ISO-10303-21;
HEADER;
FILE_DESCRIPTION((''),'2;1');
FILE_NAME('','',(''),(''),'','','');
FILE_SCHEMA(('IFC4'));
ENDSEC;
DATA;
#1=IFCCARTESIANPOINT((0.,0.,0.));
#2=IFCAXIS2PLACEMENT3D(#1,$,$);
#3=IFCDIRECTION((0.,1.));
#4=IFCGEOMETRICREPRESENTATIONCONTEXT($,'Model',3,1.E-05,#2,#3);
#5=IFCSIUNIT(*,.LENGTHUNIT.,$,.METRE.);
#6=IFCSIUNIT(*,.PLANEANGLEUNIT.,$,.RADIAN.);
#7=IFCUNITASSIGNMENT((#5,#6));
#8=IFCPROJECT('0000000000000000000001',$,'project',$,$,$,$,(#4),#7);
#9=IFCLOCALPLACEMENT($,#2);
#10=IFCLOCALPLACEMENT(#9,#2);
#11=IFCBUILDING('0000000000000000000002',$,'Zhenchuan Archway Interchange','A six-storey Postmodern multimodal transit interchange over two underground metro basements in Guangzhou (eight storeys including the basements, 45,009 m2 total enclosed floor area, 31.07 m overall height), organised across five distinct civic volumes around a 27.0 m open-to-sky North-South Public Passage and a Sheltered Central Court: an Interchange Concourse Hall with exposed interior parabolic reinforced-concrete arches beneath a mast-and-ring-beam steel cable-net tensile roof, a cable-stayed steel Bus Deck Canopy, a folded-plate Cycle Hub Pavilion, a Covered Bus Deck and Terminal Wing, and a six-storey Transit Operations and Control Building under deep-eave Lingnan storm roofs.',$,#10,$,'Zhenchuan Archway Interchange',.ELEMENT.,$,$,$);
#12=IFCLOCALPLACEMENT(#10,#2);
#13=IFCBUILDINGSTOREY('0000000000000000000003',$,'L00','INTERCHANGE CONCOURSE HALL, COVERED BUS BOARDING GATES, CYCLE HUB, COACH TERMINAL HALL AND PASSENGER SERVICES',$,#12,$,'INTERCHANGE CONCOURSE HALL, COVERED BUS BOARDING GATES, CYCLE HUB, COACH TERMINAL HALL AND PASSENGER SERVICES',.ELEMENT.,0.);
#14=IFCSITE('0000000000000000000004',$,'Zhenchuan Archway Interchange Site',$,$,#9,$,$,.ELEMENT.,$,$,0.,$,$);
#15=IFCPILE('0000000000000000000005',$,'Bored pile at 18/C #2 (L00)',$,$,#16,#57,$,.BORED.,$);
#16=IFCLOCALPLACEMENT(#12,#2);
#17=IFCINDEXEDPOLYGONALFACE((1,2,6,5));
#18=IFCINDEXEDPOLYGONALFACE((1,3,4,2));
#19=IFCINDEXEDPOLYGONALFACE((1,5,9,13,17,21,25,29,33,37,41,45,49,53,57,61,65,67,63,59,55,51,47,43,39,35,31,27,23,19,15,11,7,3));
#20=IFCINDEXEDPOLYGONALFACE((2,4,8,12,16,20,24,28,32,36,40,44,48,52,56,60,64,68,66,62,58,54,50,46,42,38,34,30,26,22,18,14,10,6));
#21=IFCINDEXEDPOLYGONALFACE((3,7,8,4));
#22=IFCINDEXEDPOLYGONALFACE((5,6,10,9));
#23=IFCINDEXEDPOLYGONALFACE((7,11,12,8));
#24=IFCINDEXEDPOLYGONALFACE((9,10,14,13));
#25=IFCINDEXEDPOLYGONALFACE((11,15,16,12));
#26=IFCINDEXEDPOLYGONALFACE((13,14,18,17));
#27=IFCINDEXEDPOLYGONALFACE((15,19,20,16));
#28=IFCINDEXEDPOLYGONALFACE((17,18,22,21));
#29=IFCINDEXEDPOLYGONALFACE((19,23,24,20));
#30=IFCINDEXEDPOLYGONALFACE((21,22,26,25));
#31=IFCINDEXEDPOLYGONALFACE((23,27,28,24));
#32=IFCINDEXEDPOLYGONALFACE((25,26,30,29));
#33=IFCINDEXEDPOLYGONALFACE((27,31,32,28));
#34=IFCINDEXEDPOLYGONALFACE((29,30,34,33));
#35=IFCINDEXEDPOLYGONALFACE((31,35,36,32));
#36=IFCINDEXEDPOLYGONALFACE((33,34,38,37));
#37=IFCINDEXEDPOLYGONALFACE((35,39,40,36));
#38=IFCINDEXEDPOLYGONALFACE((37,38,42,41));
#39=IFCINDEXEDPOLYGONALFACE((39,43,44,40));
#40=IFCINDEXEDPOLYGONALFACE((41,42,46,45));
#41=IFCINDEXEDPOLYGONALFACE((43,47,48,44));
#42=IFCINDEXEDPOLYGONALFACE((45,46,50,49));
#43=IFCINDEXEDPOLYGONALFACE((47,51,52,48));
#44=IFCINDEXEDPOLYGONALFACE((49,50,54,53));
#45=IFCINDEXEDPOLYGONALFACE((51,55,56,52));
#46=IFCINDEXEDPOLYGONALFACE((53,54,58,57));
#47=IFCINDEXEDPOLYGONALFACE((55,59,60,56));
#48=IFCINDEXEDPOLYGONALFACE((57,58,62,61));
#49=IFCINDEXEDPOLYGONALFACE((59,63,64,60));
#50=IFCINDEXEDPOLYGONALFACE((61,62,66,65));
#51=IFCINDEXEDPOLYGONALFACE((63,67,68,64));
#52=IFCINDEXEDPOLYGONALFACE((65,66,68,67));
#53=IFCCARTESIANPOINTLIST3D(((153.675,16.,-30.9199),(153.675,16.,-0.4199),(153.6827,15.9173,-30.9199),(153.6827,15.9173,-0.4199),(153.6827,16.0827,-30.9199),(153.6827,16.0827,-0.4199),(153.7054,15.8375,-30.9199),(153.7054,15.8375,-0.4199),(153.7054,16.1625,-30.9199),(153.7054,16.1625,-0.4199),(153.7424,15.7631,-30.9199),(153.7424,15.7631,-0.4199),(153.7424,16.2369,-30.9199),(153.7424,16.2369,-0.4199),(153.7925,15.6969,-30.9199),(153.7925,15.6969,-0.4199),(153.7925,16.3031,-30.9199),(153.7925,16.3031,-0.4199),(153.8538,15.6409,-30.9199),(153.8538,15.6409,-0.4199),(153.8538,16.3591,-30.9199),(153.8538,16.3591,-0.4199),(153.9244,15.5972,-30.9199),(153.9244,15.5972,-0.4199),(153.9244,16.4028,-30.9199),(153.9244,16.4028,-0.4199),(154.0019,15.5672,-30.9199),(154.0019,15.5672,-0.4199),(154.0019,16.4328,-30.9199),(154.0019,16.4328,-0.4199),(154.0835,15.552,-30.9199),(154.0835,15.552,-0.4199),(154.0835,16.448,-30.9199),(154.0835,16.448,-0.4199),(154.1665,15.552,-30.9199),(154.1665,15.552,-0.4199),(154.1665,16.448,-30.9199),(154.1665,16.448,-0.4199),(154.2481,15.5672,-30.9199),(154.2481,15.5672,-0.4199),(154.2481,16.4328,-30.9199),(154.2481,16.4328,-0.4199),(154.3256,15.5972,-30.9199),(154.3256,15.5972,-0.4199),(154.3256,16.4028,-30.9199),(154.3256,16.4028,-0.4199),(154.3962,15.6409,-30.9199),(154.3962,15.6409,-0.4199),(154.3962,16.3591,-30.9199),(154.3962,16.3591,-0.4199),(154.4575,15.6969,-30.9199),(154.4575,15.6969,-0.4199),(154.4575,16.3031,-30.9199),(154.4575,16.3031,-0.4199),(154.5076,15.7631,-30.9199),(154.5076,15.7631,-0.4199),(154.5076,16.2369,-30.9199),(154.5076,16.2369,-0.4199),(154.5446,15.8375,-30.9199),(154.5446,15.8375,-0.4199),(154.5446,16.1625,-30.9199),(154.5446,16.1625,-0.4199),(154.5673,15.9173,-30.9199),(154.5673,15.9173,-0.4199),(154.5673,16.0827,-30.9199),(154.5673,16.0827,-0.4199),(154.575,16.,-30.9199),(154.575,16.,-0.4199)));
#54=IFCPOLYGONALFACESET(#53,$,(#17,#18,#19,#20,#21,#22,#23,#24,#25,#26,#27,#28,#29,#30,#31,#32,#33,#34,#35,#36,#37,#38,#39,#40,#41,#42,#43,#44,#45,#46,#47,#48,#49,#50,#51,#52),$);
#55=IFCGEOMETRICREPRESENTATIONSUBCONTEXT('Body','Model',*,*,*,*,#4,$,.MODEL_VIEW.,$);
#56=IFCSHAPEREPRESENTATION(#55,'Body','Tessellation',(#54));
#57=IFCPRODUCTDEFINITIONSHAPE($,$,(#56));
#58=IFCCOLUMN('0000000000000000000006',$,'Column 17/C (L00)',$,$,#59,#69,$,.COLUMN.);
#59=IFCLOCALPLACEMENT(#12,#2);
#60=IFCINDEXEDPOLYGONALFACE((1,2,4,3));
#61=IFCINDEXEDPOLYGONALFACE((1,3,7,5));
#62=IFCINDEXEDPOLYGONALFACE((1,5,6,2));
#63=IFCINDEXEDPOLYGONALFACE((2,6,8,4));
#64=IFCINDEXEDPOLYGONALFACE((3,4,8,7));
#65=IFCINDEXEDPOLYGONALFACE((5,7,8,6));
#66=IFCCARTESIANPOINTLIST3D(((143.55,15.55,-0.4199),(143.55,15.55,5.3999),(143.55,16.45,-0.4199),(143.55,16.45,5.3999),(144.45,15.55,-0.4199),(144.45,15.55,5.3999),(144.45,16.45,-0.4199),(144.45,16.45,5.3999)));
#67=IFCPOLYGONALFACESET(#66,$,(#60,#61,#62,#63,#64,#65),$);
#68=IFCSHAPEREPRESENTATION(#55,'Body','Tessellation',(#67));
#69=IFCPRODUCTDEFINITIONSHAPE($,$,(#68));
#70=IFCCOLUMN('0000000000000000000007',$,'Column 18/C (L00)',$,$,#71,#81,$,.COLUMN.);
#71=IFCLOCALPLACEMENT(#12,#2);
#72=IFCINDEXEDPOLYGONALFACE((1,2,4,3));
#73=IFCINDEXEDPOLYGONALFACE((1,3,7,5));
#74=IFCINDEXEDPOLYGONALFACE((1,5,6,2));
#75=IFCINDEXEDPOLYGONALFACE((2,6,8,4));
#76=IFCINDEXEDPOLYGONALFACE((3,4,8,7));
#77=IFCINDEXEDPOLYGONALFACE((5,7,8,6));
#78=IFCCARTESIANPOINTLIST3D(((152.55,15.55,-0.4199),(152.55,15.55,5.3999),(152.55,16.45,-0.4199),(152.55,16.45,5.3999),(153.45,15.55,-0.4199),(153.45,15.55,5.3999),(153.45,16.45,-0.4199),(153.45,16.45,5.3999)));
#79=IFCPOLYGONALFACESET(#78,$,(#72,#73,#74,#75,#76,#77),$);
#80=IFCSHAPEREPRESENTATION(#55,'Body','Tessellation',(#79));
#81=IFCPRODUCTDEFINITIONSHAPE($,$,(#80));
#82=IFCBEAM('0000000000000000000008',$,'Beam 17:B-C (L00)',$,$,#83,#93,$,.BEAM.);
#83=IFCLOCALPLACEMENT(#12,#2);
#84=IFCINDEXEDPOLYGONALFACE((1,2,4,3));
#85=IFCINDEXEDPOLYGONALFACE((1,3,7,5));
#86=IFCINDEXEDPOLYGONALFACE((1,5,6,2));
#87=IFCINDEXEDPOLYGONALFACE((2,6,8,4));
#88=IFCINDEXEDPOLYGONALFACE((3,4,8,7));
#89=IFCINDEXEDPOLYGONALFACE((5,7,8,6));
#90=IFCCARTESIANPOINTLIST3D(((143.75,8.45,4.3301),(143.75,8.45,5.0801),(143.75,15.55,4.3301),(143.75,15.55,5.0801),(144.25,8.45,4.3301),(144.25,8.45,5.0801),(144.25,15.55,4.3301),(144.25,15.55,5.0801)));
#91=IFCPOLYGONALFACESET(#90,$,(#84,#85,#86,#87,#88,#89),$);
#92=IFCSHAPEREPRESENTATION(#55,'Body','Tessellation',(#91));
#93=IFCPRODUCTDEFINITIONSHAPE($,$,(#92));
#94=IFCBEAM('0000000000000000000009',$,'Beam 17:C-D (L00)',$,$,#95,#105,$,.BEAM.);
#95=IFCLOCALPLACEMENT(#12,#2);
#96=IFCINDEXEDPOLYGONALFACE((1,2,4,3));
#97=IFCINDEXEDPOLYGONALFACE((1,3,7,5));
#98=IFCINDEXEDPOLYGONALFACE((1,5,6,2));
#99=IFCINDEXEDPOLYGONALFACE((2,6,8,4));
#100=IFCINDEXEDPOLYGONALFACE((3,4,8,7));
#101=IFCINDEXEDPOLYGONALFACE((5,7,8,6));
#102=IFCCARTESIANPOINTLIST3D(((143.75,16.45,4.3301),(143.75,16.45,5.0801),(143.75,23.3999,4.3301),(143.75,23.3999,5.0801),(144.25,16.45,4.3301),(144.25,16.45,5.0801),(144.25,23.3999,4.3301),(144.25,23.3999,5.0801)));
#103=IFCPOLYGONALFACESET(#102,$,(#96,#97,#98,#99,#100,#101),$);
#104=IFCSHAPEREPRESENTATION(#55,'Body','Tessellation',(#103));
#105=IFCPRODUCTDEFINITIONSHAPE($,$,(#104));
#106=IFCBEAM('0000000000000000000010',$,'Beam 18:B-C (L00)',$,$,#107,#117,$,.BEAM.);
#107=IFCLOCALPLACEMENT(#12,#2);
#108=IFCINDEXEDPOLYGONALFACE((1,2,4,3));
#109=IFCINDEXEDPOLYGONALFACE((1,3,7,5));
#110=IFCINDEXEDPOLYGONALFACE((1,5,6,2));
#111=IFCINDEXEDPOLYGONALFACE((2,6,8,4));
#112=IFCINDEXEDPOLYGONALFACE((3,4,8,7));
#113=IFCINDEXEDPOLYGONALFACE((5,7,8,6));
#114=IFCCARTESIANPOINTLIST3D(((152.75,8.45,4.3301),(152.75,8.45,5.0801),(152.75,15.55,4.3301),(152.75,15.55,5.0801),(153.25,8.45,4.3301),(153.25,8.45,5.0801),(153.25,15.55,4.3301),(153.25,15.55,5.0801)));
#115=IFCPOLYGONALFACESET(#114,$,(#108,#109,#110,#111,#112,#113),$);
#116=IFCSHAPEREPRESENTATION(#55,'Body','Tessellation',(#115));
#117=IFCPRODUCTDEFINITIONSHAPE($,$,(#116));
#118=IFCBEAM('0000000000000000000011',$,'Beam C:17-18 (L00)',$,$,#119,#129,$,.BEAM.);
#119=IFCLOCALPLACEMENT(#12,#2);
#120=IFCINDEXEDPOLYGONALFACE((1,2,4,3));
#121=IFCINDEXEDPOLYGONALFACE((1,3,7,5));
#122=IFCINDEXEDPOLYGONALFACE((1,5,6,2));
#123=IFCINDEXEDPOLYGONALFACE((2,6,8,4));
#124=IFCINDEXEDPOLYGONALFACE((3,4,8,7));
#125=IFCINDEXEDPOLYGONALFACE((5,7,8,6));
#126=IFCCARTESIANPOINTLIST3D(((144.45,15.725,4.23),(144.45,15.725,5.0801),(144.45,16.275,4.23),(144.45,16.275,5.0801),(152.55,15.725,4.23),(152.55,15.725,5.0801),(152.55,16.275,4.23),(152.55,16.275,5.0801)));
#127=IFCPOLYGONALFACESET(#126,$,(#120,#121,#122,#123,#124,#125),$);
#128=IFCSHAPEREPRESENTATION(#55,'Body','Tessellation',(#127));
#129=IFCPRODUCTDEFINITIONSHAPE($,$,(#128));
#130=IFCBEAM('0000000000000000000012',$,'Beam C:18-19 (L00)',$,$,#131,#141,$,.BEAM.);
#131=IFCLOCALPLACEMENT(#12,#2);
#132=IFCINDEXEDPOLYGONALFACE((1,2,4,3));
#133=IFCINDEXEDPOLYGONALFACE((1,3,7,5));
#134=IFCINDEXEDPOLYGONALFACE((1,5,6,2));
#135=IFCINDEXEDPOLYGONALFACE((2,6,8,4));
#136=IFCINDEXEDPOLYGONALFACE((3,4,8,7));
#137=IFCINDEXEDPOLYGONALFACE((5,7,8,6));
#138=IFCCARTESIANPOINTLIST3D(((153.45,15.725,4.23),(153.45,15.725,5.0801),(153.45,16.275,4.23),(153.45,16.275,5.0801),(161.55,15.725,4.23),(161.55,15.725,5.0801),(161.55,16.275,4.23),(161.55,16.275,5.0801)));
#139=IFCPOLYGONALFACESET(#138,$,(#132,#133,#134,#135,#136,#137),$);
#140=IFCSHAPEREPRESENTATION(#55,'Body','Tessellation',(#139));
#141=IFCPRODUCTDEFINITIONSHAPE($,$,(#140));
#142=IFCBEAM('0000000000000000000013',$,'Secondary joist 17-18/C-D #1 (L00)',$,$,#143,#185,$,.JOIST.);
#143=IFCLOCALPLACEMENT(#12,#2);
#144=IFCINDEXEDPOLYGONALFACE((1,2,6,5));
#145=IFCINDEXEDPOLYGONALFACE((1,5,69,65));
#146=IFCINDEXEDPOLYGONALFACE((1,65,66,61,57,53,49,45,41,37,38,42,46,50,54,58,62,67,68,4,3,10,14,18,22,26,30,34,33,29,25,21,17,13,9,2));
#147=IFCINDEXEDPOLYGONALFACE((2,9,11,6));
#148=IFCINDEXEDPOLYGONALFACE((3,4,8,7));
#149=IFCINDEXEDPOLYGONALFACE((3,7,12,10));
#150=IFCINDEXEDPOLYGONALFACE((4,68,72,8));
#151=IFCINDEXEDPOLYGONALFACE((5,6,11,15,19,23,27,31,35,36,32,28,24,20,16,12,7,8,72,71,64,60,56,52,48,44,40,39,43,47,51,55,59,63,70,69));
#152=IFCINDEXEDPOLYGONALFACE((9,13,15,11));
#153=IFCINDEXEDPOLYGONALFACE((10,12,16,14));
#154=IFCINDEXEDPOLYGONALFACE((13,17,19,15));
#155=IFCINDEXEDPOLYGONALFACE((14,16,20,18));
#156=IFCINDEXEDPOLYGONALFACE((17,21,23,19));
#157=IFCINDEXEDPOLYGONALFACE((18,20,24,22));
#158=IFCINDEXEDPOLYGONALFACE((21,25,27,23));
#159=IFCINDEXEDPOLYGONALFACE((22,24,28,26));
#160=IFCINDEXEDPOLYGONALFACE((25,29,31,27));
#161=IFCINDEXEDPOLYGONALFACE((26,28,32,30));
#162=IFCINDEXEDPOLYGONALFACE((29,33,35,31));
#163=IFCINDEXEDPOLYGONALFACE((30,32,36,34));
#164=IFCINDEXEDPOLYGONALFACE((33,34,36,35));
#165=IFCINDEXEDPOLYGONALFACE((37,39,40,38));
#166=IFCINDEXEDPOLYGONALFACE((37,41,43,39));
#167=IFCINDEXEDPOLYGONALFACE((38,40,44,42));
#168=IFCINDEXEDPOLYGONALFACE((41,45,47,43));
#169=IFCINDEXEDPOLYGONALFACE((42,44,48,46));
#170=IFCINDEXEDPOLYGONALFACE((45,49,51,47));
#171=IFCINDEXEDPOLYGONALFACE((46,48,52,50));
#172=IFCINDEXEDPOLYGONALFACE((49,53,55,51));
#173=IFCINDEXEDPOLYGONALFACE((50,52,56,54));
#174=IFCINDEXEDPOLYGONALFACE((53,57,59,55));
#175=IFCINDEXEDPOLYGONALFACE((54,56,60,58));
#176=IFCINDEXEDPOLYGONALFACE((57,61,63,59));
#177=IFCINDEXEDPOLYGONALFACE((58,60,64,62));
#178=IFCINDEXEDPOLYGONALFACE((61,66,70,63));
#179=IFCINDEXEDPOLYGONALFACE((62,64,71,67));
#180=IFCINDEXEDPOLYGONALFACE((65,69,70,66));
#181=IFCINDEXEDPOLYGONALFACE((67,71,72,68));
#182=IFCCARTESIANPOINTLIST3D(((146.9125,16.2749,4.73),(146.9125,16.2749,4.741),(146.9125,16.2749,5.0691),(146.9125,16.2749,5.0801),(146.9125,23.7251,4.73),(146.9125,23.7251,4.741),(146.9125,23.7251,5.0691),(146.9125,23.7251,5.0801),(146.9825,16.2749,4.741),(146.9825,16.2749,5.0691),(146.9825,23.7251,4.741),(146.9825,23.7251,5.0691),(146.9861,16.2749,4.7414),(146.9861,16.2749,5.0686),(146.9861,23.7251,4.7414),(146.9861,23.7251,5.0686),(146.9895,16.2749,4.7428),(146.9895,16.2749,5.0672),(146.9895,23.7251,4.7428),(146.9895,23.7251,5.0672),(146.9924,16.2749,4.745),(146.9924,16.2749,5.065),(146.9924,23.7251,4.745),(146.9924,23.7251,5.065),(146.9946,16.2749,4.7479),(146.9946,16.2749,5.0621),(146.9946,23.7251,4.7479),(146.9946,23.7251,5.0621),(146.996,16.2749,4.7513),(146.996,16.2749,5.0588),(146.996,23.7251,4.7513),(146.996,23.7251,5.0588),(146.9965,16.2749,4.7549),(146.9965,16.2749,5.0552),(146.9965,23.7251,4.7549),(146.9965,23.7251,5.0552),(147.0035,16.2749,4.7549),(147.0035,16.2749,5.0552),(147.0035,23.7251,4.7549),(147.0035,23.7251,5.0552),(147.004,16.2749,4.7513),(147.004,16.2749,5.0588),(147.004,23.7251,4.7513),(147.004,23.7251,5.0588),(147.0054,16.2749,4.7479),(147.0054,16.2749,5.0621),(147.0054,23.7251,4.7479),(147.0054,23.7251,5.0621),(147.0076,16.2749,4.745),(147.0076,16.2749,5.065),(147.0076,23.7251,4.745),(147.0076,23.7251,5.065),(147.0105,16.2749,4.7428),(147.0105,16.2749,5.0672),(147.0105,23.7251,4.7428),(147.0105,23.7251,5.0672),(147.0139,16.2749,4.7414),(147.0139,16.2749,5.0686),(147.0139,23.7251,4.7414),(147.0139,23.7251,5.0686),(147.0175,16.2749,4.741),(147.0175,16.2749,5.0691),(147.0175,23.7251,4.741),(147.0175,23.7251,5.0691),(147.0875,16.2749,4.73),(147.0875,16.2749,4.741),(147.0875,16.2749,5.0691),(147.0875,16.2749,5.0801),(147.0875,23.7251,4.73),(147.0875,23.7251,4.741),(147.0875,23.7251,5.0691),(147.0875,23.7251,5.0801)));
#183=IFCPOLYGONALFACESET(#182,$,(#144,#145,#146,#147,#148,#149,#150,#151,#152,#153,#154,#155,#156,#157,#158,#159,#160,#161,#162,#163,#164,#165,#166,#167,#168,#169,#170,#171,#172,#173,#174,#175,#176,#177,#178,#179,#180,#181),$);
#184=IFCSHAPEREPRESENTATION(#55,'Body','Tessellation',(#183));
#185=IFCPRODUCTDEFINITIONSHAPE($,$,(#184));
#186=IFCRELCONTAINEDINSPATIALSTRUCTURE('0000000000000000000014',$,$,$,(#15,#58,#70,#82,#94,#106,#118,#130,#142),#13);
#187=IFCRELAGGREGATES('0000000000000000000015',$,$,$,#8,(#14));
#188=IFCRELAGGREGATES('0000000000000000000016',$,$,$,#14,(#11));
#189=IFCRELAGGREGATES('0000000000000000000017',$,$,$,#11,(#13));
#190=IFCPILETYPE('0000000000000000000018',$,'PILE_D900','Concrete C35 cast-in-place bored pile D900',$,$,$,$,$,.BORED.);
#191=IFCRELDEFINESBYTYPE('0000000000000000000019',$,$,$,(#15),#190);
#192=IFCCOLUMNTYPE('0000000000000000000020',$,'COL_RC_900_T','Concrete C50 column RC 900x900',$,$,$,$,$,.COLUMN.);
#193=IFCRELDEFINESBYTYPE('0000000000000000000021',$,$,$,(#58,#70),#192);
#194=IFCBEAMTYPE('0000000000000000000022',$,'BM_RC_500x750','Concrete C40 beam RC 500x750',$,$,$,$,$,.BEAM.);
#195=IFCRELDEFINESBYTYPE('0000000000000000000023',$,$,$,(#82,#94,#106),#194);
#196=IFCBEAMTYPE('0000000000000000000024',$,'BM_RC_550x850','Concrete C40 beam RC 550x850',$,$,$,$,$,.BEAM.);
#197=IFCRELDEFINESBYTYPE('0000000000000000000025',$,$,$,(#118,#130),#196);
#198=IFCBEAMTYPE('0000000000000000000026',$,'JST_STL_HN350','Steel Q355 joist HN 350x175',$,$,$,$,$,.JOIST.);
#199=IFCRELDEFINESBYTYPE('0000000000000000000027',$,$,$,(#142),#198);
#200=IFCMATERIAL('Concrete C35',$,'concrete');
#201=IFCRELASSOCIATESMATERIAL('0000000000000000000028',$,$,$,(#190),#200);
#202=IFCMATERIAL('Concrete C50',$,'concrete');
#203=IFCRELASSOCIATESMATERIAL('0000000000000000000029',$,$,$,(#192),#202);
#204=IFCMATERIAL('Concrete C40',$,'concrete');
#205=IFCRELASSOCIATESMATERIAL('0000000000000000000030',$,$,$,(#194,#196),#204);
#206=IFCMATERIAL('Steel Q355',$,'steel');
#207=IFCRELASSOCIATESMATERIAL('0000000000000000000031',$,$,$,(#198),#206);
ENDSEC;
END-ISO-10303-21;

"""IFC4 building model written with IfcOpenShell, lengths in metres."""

from ifc_helpers import new_model, si_unit, direction, frame, origin, origin_2d, place, context, subcontext, project, spatial, rectangle, circle, i_section, extrude, material, material_profile, profile_set, type_object, element, save


model = new_model("IFC4")

# Units and contexts
model_context = context("Model", 3, precision=1e-05, world=origin(), true_north=direction((0.0, 1.0)))
body_context = subcontext(model_context, "Body", "Model", "MODEL_VIEW")
ifc_project = project(units=[si_unit("LENGTHUNIT", "METRE"), si_unit("PLANEANGLEUNIT", "RADIAN")], contexts=[model_context])

# Site, building, storey
site_placement = place(None, origin())
site = spatial("IfcSite", under=ifc_project, at=site_placement, Name="Zhenchuan Archway Interchange Site", CompositionType="ELEMENT", RefElevation=0.0)
building_placement = place(site_placement, origin())
building = spatial("IfcBuilding", under=site, at=building_placement, Name="Zhenchuan Archway Interchange", Description="A six-storey Postmodern multimodal transit interchange over two underground metro basements in Guangzhou (eight storeys including the basements, 45,009 m2 total enclosed floor area, 31.07 m overall height), organised across five distinct civic volumes around a 27.0 m open-to-sky North-South Public Passage and a Sheltered Central Court: an Interchange Concourse Hall with exposed interior parabolic reinforced-concrete arches beneath a mast-and-ring-beam steel cable-net tensile roof, a cable-stayed steel Bus Deck Canopy, a folded-plate Cycle Hub Pavilion, a Covered Bus Deck and Terminal Wing, and a six-storey Transit Operations and Control Building under deep-eave Lingnan storm roofs.", LongName="Zhenchuan Archway Interchange", CompositionType="ELEMENT")
storey_placement = place(building_placement, origin())
storey = spatial("IfcBuildingStorey", under=building, at=storey_placement, Name="L00", Description="INTERCHANGE CONCOURSE HALL, COVERED BUS BOARDING GATES, CYCLE HUB, COACH TERMINAL HALL AND PASSENGER SERVICES", LongName="INTERCHANGE CONCOURSE HALL, COVERED BUS BOARDING GATES, CYCLE HUB, COACH TERMINAL HALL AND PASSENGER SERVICES", CompositionType="ELEMENT", Elevation=0.0)

# Shared definitions
ifc_material_1 = material(Name="Concrete C40", Category="concrete")

# Pile
ifc_material_2 = material(Name="Concrete C35", Category="concrete")
ifc_material_profile_1 = material_profile(ifc_material_2, circle(Radius=0.45, at=origin_2d()), Name="BORED PILE 900")
ifc_profile_set_1 = profile_set([ifc_material_profile_1], Name="Concrete C35")
pile_type = type_object("IfcPileType", Name="PILE_D900", Description="Concrete C35 cast-in-place bored pile D900", PredefinedType="BORED", material=ifc_profile_set_1)
for number, where, z_axis, x_axis, name in (
    (1, (154.125, 16.0, -0.4199), (0.0, 0.0, -1.0), (1.0, 0.0, 0.0), "Bored pile at 18/C #2 (L00)"),
):
    element("IfcPile", number, at=place(storey_placement, frame(where, z_axis=z_axis, x_axis=x_axis)), inside=storey, type_object=pile_type, Name=name, PredefinedType="BORED", context=body_context, shape_type="SweptSolid", body=[
        extrude(circle(Radius=0.45, at=origin_2d()), origin(), (0.0, 0.0, 1.0), 30.5),
    ])

# Columns
ifc_material_3 = material(Name="Concrete C50", Category="concrete")
ifc_material_profile_2 = material_profile(ifc_material_3, rectangle(XDim=0.8999, YDim=0.8999, at=origin_2d()), Name="RC 900x900")
ifc_profile_set_2 = profile_set([ifc_material_profile_2], Name="Concrete C50")
column_type = type_object("IfcColumnType", Name="COL_RC_900_T", Description="Concrete C50 column RC 900x900", PredefinedType="COLUMN", material=ifc_profile_set_2)
for number, where, z_axis, x_axis, name in (
    (2, (144.0, 16.0, -0.4199), (0.0, 0.0, 1.0), (1.0, 0.0, 0.0), "Column 17/C (L00)"),
    (3, (153.0, 16.0, -0.4199), (0.0, 0.0, 1.0), (1.0, 0.0, 0.0), "Column 18/C (L00)"),
):
    element("IfcColumn", number, at=place(storey_placement, frame(where, z_axis=z_axis, x_axis=x_axis)), inside=storey, type_object=column_type, Name=name, PredefinedType="COLUMN", context=body_context, shape_type="SweptSolid", body=[
        extrude(rectangle(XDim=0.8999, YDim=0.8999, at=origin_2d()), origin(), (0.0, 0.0, 1.0), 5.8198),
    ])

# Beams
ifc_material_profile_3 = material_profile(ifc_material_1, rectangle(XDim=0.5, YDim=0.75, at=origin_2d()), Name="RC 500x750")
ifc_profile_set_3 = profile_set([ifc_material_profile_3], Name="Concrete C40")
beam_type_1 = type_object("IfcBeamType", Name="BM_RC_500x750", Description="Concrete C40 beam RC 500x750", PredefinedType="BEAM", material=ifc_profile_set_3)
beam_1_placement = place(storey_placement, frame((144.0, 8.45, 4.7051), z_axis=(0.0, 1.0, 0.0), x_axis=(-1.0, 0.0, 0.0)))
element("IfcBeam", 4, at=beam_1_placement, inside=storey, type_object=beam_type_1, Name="Beam 17:B-C (L00)", PredefinedType="BEAM", context=body_context, shape_type="SweptSolid", body=[
    extrude(rectangle(XDim=0.5, YDim=0.75, at=origin_2d()), origin(), (0.0, 0.0, 1.0), 7.1001),
])
beam_2_placement = place(storey_placement, frame((144.0, 16.45, 4.7051), z_axis=(0.0, 1.0, 0.0), x_axis=(-1.0, 0.0, 0.0)))
element("IfcBeam", 5, at=beam_2_placement, inside=storey, type_object=beam_type_1, Name="Beam 17:C-D (L00)", PredefinedType="BEAM", context=body_context, shape_type="SweptSolid", body=[
    extrude(rectangle(XDim=0.5, YDim=0.75, at=origin_2d()), origin(), (0.0, 0.0, 1.0), 6.95),
])
beam_3_placement = place(storey_placement, frame((153.0, 8.45, 4.7051), z_axis=(0.0, 1.0, 0.0), x_axis=(-1.0, 0.0, 0.0)))
element("IfcBeam", 6, at=beam_3_placement, inside=storey, type_object=beam_type_1, Name="Beam 18:B-C (L00)", PredefinedType="BEAM", context=body_context, shape_type="SweptSolid", body=[
    extrude(rectangle(XDim=0.5, YDim=0.75, at=origin_2d()), origin(), (0.0, 0.0, 1.0), 7.1001),
])
ifc_material_profile_4 = material_profile(ifc_material_1, rectangle(XDim=0.55, YDim=0.8501, at=origin_2d()), Name="RC 550x850")
ifc_profile_set_4 = profile_set([ifc_material_profile_4], Name="Concrete C40")
beam_type_2 = type_object("IfcBeamType", Name="BM_RC_550x850", Description="Concrete C40 beam RC 550x850", PredefinedType="BEAM", material=ifc_profile_set_4)
for number, where, z_axis, x_axis, name in (
    (7, (144.45, 16.0, 4.655), (1.0, 0.0, 0.0), (0.0, 1.0, 0.0), "Beam C:17-18 (L00)"),
    (8, (153.45, 16.0, 4.655), (1.0, 0.0, 0.0), (0.0, 1.0, 0.0), "Beam C:18-19 (L00)"),
):
    element("IfcBeam", number, at=place(storey_placement, frame(where, z_axis=z_axis, x_axis=x_axis)), inside=storey, type_object=beam_type_2, Name=name, PredefinedType="BEAM", context=body_context, shape_type="SweptSolid", body=[
        extrude(rectangle(XDim=0.55, YDim=0.8501, at=origin_2d()), origin(), (0.0, 0.0, 1.0), 8.1001),
    ])
ifc_material_4 = material(Name="Steel Q355", Category="steel")
ifc_material_profile_5 = material_profile(ifc_material_4, i_section(OverallWidth=0.175, OverallDepth=0.3501, WebThickness=0.0071, FlangeThickness=0.011, FilletRadius=0.0139, at=origin_2d()), Name="HN 350x175")
ifc_profile_set_5 = profile_set([ifc_material_profile_5], Name="Steel Q355")
beam_type_3 = type_object("IfcBeamType", Name="JST_STL_HN350", Description="Steel Q355 joist HN 350x175", PredefinedType="JOIST", material=ifc_profile_set_5)
for number, where, z_axis, x_axis, name in (
    (9, (147.0, 16.2749, 4.905), (0.0, 1.0, 0.0), (-1.0, 0.0, 0.0), "Secondary joist 17-18/C-D #1 (L00)"),
):
    element("IfcBeam", number, at=place(storey_placement, frame(where, z_axis=z_axis, x_axis=x_axis)), inside=storey, type_object=beam_type_3, Name=name, PredefinedType="JOIST", context=body_context, shape_type="SweptSolid", body=[
        extrude(i_section(OverallWidth=0.175, OverallDepth=0.3501, WebThickness=0.0071, FlangeThickness=0.011, FilletRadius=0.0139, at=origin_2d()), origin(), (0.0, 0.0, 1.0), 7.4502),
    ])

save(model, "model.ifc")
